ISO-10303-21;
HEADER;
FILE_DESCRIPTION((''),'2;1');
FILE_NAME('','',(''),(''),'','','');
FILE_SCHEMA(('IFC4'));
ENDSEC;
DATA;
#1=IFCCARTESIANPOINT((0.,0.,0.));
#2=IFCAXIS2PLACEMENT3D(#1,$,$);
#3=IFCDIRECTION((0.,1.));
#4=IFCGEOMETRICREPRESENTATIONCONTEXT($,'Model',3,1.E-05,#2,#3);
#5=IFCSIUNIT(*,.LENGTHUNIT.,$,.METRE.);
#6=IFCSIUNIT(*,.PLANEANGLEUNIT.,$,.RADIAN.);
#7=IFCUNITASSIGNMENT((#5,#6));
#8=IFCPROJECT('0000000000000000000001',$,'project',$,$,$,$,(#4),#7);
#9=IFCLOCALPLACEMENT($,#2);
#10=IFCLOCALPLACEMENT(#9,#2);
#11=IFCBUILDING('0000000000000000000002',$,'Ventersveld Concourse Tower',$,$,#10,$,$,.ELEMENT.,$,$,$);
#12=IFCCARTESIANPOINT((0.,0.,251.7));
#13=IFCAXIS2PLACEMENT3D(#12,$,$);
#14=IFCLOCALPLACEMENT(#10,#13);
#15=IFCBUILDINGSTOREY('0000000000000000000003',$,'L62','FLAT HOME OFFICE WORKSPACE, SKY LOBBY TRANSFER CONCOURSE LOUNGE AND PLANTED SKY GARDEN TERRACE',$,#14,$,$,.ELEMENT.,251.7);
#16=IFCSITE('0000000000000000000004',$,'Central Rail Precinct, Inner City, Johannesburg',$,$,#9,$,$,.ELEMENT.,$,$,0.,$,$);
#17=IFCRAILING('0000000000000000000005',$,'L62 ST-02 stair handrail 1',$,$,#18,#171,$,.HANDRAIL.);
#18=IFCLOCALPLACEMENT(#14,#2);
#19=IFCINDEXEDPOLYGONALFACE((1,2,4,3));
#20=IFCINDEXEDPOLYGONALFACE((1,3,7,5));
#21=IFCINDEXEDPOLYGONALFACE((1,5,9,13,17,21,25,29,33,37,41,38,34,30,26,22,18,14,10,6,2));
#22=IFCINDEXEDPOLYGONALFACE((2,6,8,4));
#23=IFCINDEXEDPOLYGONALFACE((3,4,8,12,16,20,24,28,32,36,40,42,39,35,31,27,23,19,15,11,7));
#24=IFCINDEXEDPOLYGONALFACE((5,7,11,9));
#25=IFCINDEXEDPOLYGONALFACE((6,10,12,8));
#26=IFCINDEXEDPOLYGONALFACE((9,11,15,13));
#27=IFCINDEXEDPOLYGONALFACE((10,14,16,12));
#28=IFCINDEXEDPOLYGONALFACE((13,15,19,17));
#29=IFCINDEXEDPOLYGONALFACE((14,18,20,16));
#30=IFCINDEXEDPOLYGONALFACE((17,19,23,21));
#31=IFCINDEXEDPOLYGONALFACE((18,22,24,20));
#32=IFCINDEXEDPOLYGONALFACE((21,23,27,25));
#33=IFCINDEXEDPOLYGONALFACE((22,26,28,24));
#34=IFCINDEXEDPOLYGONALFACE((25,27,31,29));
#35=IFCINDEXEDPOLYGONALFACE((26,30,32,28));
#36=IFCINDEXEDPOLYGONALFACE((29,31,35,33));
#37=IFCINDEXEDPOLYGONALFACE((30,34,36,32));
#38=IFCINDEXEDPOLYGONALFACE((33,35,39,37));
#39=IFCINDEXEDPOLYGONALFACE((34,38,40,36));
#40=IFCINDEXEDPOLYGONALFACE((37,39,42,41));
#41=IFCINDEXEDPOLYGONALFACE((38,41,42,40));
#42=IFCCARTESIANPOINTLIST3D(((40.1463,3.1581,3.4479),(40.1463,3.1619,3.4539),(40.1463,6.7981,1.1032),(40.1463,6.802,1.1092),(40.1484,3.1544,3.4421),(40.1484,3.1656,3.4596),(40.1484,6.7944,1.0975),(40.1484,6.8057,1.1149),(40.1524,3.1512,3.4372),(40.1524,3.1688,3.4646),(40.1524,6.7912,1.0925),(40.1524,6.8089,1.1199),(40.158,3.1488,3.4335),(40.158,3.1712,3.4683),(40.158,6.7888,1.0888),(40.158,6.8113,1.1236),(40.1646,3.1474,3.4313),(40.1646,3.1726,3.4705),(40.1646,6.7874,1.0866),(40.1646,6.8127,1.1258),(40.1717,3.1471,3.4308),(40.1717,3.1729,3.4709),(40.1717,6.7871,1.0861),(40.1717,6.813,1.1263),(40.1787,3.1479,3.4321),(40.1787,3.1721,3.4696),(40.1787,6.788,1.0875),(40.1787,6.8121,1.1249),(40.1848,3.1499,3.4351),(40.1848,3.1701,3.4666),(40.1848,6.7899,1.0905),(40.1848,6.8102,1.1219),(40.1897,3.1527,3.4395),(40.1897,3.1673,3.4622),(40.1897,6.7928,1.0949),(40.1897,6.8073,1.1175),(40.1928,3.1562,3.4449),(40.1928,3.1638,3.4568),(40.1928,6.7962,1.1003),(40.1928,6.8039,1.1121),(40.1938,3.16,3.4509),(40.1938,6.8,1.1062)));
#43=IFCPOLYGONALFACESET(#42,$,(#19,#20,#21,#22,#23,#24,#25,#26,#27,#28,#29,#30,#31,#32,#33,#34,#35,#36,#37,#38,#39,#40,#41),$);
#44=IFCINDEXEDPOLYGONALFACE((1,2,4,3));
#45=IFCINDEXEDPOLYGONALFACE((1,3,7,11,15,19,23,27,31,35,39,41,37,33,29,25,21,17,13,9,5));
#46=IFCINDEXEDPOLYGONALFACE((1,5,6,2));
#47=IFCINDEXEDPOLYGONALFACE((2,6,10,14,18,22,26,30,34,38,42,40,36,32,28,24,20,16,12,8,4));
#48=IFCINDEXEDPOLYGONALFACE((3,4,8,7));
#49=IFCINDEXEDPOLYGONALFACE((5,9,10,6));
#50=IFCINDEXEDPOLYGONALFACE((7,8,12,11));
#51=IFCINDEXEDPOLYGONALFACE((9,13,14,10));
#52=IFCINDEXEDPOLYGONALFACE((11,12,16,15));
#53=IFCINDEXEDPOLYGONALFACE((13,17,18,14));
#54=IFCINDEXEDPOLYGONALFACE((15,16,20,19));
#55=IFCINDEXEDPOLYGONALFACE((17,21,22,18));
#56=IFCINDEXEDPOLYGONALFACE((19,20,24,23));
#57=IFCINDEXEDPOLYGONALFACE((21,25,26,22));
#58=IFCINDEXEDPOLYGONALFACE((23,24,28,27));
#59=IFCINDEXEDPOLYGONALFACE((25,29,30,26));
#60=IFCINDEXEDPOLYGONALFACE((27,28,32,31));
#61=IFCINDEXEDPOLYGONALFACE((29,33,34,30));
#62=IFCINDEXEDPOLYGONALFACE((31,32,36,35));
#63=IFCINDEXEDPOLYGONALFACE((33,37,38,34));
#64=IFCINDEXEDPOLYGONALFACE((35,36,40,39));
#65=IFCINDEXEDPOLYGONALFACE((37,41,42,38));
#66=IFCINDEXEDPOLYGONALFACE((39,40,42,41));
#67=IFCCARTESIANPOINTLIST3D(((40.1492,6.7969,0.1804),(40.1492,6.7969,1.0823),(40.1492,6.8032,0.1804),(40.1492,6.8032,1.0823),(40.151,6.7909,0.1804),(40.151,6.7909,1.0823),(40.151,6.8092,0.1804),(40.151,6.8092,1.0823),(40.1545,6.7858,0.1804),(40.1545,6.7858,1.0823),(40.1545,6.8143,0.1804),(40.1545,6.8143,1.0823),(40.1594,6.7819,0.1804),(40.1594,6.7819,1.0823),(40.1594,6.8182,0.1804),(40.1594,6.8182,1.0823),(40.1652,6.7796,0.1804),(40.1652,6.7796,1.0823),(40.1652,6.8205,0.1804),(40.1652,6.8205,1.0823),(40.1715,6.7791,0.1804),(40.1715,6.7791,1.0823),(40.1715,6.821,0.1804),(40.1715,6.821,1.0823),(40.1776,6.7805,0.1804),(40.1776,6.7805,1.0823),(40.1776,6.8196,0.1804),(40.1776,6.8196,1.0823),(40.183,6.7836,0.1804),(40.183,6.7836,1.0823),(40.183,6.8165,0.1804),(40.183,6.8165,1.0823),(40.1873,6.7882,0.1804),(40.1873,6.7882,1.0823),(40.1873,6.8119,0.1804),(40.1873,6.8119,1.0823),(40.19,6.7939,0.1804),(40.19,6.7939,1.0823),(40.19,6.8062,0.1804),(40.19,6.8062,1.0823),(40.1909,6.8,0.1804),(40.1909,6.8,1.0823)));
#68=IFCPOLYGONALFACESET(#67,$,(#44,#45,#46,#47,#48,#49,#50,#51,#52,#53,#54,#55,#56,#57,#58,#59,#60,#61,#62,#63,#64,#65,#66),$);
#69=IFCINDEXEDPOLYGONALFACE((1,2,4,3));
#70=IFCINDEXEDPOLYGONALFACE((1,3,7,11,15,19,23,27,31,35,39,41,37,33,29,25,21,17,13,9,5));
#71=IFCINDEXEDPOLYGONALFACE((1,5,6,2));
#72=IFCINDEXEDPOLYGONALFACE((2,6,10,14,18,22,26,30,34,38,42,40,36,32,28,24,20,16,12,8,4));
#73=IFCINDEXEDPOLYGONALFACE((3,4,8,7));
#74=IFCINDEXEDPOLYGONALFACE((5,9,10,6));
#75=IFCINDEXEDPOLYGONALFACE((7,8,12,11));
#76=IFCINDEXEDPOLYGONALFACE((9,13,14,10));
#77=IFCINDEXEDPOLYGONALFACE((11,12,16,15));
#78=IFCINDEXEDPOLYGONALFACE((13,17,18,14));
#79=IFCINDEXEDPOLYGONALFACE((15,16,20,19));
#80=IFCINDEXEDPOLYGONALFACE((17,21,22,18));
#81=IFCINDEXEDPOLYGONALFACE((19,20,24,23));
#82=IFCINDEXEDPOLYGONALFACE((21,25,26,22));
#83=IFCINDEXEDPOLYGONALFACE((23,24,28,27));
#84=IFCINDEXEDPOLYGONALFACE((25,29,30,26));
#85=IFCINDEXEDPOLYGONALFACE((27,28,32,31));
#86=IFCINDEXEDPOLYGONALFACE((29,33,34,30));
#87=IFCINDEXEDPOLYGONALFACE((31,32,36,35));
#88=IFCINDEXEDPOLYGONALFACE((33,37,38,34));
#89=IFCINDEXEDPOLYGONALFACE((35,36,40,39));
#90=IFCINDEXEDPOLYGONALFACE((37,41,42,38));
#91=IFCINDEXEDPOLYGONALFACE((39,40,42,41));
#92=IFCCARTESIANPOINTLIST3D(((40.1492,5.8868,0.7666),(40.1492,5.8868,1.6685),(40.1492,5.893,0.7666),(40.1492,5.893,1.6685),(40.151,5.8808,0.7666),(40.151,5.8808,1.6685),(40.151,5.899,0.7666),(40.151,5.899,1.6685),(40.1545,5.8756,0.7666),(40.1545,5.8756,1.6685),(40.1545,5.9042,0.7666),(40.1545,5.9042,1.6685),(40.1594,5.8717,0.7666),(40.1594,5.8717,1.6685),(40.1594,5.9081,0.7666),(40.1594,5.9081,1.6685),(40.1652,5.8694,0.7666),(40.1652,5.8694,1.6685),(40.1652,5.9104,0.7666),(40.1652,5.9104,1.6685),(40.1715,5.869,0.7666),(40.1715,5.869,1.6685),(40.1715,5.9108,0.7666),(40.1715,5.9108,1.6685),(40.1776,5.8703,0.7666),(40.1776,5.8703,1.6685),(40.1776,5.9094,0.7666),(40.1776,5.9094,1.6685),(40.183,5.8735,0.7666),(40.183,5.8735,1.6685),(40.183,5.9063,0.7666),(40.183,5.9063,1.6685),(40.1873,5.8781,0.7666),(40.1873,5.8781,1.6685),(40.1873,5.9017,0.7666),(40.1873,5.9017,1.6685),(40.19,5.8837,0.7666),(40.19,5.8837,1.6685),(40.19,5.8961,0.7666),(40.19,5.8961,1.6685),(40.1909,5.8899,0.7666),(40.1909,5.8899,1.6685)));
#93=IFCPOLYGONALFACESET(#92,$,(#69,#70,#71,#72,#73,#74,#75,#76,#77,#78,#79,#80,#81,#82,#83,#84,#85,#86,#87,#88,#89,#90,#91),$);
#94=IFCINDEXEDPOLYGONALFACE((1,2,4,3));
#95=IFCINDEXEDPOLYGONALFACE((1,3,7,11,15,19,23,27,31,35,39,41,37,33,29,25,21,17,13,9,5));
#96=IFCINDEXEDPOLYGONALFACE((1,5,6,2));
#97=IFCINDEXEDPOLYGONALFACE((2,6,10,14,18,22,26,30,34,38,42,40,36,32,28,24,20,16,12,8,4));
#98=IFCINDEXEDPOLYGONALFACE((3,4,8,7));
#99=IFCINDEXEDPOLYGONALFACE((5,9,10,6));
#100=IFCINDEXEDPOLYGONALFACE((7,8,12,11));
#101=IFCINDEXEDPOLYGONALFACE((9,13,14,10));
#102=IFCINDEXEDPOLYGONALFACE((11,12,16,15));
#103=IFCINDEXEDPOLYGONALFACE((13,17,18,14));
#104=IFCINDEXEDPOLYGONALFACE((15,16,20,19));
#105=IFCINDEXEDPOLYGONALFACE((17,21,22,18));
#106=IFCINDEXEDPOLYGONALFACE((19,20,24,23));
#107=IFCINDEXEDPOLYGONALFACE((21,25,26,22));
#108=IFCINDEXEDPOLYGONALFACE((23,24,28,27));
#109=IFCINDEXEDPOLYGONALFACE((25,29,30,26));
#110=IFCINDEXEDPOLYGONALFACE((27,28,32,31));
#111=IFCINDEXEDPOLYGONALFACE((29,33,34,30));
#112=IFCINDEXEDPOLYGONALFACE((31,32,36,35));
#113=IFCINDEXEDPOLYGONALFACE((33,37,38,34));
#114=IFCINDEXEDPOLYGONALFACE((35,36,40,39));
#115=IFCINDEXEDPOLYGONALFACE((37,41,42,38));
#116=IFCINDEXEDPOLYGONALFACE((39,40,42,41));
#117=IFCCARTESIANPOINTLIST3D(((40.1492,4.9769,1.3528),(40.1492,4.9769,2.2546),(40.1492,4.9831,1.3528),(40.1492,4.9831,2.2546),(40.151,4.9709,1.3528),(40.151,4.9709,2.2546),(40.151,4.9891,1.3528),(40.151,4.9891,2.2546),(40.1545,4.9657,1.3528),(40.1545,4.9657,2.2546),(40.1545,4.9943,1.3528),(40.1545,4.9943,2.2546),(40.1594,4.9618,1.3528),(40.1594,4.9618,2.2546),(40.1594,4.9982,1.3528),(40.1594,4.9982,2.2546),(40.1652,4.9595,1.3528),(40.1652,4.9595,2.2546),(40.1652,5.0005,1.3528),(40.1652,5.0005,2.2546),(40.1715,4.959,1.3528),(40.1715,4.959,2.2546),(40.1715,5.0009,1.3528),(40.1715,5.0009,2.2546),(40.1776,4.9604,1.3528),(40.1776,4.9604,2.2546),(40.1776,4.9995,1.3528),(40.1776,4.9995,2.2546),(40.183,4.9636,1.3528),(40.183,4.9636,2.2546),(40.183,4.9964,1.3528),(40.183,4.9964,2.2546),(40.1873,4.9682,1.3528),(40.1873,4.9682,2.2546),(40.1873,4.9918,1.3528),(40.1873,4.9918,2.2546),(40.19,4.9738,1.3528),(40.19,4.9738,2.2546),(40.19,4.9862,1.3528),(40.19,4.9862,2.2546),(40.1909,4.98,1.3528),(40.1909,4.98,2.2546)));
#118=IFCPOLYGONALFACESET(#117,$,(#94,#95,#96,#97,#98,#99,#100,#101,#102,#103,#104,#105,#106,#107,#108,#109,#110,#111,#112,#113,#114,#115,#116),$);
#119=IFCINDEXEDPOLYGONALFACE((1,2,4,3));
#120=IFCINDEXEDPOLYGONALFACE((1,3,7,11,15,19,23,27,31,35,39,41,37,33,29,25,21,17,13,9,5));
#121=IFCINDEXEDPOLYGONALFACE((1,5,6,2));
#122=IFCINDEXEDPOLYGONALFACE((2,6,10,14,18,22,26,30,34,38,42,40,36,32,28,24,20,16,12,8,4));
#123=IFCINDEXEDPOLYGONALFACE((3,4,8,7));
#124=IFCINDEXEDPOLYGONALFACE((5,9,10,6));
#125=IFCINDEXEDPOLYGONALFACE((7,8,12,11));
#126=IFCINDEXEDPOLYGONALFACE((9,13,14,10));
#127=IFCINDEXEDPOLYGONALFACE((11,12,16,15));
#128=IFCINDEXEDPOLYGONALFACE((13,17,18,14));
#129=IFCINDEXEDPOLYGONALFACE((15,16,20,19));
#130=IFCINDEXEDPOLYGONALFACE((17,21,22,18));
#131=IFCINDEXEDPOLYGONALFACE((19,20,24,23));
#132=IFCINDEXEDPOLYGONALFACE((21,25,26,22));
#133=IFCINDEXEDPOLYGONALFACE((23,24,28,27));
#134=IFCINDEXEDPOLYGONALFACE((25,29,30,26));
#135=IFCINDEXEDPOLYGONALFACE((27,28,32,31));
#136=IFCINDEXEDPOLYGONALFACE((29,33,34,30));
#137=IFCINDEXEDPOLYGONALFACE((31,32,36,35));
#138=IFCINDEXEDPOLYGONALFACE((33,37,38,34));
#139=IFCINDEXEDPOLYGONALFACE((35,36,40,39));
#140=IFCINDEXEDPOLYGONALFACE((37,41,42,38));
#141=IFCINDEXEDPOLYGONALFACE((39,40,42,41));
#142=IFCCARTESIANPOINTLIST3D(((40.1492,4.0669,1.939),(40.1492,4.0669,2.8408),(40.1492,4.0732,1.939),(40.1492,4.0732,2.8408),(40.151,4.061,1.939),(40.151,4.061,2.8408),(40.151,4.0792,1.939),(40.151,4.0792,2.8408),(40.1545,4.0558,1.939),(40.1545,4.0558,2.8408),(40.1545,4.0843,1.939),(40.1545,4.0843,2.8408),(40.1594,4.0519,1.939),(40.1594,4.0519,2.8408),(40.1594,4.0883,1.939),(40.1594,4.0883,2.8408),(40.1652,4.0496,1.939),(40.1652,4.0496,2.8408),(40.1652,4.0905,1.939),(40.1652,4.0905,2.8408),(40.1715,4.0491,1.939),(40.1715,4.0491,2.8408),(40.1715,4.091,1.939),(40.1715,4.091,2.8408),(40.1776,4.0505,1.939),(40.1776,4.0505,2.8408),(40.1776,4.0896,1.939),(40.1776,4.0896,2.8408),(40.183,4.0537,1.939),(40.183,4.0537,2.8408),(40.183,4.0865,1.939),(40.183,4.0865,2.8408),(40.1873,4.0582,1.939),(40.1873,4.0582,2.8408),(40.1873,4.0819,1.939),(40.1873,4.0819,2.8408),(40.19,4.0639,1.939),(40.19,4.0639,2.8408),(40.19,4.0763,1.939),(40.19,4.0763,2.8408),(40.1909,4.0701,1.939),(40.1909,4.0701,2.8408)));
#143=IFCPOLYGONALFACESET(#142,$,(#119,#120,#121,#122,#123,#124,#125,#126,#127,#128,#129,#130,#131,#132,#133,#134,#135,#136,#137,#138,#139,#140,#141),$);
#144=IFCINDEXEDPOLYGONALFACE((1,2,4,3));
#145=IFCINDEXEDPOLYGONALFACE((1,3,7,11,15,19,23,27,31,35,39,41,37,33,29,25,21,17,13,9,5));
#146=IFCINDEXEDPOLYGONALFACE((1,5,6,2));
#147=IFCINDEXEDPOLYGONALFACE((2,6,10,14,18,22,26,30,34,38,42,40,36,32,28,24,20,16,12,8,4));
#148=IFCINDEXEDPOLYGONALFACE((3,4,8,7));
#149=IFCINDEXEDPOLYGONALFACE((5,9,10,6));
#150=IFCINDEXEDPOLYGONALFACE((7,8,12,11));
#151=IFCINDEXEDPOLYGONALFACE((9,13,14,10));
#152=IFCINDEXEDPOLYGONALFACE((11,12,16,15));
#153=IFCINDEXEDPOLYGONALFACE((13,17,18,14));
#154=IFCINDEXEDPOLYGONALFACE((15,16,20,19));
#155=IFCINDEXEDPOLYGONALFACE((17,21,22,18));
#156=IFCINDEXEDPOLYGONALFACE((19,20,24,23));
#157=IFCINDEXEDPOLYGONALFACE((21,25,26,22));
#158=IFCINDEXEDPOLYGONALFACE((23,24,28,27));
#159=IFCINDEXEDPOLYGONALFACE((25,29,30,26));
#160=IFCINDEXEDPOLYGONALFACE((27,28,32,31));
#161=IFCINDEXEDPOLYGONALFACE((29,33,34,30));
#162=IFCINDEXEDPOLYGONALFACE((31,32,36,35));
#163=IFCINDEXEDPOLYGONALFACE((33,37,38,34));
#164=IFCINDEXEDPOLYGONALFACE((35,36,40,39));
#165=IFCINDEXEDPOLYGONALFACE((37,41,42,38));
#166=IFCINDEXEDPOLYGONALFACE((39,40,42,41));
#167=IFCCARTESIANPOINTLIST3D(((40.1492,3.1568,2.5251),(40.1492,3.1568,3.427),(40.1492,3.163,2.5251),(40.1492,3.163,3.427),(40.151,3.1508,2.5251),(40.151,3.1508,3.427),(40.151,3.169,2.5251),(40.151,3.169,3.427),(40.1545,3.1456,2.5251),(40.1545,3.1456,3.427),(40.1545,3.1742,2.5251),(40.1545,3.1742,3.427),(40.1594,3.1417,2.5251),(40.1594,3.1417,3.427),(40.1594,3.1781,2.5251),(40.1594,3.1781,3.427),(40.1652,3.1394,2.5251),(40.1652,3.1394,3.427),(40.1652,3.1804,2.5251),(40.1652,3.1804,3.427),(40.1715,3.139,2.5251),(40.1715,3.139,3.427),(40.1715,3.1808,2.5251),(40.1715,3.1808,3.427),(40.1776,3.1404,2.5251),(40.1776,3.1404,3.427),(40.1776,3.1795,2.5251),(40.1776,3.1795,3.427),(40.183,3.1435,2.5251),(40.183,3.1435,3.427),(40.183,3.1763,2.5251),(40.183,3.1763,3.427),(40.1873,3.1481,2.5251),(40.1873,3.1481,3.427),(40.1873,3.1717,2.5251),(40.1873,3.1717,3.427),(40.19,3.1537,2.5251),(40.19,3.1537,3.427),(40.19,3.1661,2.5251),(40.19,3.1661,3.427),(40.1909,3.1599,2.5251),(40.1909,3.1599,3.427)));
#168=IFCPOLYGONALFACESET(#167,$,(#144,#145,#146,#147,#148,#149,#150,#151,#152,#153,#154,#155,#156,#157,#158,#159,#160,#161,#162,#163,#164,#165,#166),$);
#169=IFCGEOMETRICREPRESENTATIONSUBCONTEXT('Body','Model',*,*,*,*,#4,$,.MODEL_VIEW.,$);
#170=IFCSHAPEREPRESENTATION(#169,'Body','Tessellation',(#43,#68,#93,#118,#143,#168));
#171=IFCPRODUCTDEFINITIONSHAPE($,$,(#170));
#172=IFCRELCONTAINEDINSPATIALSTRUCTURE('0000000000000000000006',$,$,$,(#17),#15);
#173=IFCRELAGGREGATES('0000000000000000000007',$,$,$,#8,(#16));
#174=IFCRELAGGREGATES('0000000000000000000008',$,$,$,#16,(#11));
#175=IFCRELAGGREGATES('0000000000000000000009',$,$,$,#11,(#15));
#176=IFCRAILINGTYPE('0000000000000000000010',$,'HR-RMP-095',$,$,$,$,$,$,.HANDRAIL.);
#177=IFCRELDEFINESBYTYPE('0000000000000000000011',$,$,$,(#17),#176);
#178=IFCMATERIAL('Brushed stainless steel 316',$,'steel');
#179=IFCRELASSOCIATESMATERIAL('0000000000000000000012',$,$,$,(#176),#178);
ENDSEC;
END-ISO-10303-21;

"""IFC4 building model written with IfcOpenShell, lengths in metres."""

from ifc_helpers import new_model, si_unit, direction, frame, origin, origin_2d, place, context, subcontext, project, spatial, circle, extrude, material, type_object, element, save


model = new_model("IFC4")

# Units and contexts
model_context = context("Model", 3, precision=1e-05, world=origin(), true_north=direction((0.0, 1.0)))
body_context = subcontext(model_context, "Body", "Model", "MODEL_VIEW")
ifc_project = project(units=[si_unit("LENGTHUNIT", "METRE"), si_unit("PLANEANGLEUNIT", "RADIAN")], contexts=[model_context])

# Site, building, storey
site_placement = place(None, origin())
site = spatial("IfcSite", under=ifc_project, at=site_placement, Name="Central Rail Precinct, Inner City, Johannesburg", CompositionType="ELEMENT", RefElevation=0.0)
building_placement = place(site_placement, origin())
building = spatial("IfcBuilding", under=site, at=building_placement, Name="Ventersveld Concourse Tower", CompositionType="ELEMENT")
storey_placement = place(building_placement, frame((0.0, 0.0, 251.7)))
storey = spatial("IfcBuildingStorey", under=building, at=storey_placement, Name="L62", Description="FLAT HOME OFFICE WORKSPACE, SKY LOBBY TRANSFER CONCOURSE LOUNGE AND PLANTED SKY GARDEN TERRACE", CompositionType="ELEMENT", Elevation=251.7)

# Railing
ifc_material_1 = material(Name="Brushed stainless steel 316", Category="steel")
railing_type_1 = type_object("IfcRailingType", Name="HR-RMP-095", PredefinedType="HANDRAIL", material=ifc_material_1)
railing_1_placement = place(storey_placement, frame((40.1699, 6.8, 0.1804)))
element("IfcRailing", 1, at=railing_1_placement, inside=storey, type_object=railing_type_1, Name="L62 ST-02 stair handrail 1", PredefinedType="HANDRAIL", context=body_context, shape_type="SweptSolid", body=[
    extrude(circle(Radius=0.0239, at=origin_2d()), frame((0.0, 0.0, 0.9258), z_axis=(0.0, -0.840691, 0.541515), x_axis=(1.0, 0.0, 0.0)), (0.0, 0.0, 1.0), 4.3298),
    extrude(circle(Radius=0.021, at=origin_2d()), origin(), (0.0, 0.0, 1.0), 0.9019),
    extrude(circle(Radius=0.021, at=origin_2d()), frame((0.0, -0.9102, 0.5862)), (0.0, 0.0, 1.0), 0.9019),
    extrude(circle(Radius=0.021, at=origin_2d()), frame((0.0, -1.8201, 1.1724)), (0.0, 0.0, 1.0), 0.9019),
    extrude(circle(Radius=0.021, at=origin_2d()), frame((0.0, -2.73, 1.7585)), (0.0, 0.0, 1.0), 0.9019),
    extrude(circle(Radius=0.021, at=origin_2d()), frame((0.0, -3.6401, 2.3447)), (0.0, 0.0, 1.0), 0.9019),
])

save(model, "model.ifc")
